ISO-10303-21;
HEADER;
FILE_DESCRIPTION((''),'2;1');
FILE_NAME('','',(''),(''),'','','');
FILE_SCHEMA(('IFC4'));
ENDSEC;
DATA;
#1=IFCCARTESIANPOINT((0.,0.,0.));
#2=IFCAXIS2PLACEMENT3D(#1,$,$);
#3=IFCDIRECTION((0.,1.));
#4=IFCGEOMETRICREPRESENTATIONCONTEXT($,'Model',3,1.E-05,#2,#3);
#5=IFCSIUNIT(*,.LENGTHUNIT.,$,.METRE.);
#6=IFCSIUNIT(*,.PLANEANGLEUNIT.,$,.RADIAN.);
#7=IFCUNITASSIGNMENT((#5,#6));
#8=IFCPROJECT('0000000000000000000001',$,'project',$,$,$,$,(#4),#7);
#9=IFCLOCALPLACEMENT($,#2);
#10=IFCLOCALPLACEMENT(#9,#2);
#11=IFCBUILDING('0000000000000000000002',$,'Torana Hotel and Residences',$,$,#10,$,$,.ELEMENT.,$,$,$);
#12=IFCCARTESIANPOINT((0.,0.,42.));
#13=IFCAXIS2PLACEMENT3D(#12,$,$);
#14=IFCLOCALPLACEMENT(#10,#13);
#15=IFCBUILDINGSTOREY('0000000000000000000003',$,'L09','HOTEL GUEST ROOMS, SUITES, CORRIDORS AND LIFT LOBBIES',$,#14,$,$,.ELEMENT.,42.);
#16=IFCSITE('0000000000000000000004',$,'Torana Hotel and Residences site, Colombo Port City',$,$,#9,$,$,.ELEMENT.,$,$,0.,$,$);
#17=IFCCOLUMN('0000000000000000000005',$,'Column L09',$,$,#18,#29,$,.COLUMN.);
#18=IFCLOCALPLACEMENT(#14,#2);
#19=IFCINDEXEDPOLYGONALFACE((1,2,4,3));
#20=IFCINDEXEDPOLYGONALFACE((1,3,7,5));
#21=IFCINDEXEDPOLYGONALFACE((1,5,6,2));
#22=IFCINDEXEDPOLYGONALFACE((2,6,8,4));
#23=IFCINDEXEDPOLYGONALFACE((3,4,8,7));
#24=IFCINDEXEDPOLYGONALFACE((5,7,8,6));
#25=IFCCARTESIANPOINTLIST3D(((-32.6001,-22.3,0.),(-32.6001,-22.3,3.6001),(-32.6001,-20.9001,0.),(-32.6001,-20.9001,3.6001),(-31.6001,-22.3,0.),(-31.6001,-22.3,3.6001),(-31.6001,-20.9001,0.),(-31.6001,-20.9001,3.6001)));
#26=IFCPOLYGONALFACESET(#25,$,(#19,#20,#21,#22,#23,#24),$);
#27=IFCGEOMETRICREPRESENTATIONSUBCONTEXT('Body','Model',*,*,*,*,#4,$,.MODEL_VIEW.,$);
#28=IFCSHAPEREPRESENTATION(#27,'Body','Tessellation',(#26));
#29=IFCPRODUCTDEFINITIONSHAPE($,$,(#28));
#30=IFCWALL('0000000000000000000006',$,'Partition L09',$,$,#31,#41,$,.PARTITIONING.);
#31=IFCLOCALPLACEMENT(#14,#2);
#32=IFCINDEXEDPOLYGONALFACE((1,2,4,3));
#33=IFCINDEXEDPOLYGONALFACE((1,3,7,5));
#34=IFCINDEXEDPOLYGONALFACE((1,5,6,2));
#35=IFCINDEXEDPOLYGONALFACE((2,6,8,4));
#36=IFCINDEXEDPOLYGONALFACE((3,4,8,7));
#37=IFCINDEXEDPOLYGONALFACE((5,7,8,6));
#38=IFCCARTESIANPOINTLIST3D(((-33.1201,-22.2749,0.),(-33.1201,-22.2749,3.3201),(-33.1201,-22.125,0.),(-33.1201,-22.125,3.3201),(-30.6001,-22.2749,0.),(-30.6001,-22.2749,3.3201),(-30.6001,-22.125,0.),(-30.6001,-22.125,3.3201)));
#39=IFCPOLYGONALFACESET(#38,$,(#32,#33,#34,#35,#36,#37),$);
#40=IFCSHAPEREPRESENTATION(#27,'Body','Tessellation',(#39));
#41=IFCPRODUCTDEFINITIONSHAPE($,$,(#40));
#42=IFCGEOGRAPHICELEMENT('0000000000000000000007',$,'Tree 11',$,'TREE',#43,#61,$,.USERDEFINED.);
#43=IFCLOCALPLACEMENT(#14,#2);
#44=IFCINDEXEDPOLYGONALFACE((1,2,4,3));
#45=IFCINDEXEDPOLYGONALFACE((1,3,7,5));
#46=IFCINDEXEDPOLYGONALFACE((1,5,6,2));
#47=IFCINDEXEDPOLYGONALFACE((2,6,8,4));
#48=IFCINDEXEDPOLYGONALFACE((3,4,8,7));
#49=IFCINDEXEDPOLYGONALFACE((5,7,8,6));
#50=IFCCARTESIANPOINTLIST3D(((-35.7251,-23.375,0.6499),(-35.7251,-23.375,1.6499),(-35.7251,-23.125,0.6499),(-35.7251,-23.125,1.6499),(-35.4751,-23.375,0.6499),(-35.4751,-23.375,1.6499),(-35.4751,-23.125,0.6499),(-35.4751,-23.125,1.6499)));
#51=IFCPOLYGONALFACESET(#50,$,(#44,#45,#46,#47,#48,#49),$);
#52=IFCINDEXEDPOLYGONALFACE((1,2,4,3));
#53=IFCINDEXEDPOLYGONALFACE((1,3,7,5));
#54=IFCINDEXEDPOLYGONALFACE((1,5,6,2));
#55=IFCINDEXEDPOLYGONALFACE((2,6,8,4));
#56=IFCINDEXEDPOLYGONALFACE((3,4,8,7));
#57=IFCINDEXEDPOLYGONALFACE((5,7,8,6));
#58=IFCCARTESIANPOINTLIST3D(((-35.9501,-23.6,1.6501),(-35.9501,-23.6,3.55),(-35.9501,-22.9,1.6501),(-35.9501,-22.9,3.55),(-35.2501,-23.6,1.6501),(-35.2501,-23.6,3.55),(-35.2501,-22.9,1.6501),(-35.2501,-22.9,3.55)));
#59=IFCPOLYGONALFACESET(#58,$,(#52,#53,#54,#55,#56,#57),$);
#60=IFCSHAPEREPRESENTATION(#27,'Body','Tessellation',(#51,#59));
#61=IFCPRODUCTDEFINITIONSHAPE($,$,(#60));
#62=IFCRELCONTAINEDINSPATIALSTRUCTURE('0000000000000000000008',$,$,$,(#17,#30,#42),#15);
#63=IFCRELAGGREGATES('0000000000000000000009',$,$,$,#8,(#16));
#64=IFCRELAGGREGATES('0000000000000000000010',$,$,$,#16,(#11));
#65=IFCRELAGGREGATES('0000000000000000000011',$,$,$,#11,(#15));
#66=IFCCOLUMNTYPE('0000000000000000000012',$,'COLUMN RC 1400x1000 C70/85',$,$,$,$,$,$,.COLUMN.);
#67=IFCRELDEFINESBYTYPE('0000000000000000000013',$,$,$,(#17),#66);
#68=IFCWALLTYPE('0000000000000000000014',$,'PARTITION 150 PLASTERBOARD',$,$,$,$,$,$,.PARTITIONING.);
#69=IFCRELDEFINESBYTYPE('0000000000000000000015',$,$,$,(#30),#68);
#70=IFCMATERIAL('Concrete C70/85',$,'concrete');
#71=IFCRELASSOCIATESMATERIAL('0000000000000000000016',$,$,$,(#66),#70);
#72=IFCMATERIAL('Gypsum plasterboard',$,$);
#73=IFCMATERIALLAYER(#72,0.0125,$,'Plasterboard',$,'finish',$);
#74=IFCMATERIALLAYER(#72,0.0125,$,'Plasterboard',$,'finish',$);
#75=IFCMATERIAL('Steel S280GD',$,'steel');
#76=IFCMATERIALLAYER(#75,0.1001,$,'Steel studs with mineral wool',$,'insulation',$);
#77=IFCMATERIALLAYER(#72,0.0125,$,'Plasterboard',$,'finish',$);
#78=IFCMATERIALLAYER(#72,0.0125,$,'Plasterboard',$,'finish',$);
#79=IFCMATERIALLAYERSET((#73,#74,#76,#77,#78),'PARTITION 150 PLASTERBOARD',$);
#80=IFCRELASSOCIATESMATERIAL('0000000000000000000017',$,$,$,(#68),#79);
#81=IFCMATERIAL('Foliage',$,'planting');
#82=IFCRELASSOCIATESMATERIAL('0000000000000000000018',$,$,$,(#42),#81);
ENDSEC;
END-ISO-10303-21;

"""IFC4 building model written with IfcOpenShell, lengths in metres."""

from ifc_helpers import new_model, si_unit, direction, frame, frame_2d, origin, origin_2d, place, context, subcontext, project, spatial, rectangle, extrude, material, layer, layer_set, material_profile, profile_set, type_object, element, save


model = new_model("IFC4")

# Units and contexts
model_context = context("Model", 3, precision=1e-05, world=origin(), true_north=direction((0.0, 1.0)))
body_context = subcontext(model_context, "Body", "Model", "MODEL_VIEW")
ifc_project = project(units=[si_unit("LENGTHUNIT", "METRE"), si_unit("PLANEANGLEUNIT", "RADIAN")], contexts=[model_context])

# Site, building, storey
site_placement = place(None, origin())
site = spatial("IfcSite", under=ifc_project, at=site_placement, Name="Torana Hotel and Residences site, Colombo Port City", CompositionType="ELEMENT", RefElevation=0.0)
building_placement = place(site_placement, origin())
building = spatial("IfcBuilding", under=site, at=building_placement, Name="Torana Hotel and Residences", CompositionType="ELEMENT")
storey_placement = place(building_placement, frame((0.0, 0.0, 42.0)))
storey = spatial("IfcBuildingStorey", under=building, at=storey_placement, Name="L09", Description="HOTEL GUEST ROOMS, SUITES, CORRIDORS AND LIFT LOBBIES", CompositionType="ELEMENT", Elevation=42.0)

# Column
ifc_material_1 = material(Name="Concrete C70/85", Category="concrete")
ifc_material_profile = material_profile(ifc_material_1, rectangle(XDim=1.3999, YDim=1.0, at=origin_2d()), Name="RC 1400x1000")
ifc_profile_set = profile_set([ifc_material_profile], Name="Concrete C70/85")
column_type = type_object("IfcColumnType", Name="COLUMN RC 1400x1000 C70/85", PredefinedType="COLUMN", material=ifc_profile_set)
column_placement = place(storey_placement, frame((-32.1001, -21.6001, 0.0), z_axis=(0.0, 0.0, 1.0), x_axis=(0.0, 1.0, 0.0)))
element("IfcColumn", 1, at=column_placement, inside=storey, type_object=column_type, Name="Column L09", PredefinedType="COLUMN", context=body_context, shape_type="SweptSolid", body=[
    extrude(rectangle(XDim=1.3999, YDim=1.0, at=origin_2d()), origin(), (0.0, 0.0, 1.0), 3.6001),
])

# Wall
ifc_material_2 = material(Name="Gypsum plasterboard")
ifc_layer_1 = layer(ifc_material_2, 0.0125, Name="Plasterboard", Category="finish")
ifc_layer_2 = layer(ifc_material_2, 0.0125, Name="Plasterboard", Category="finish")
ifc_material_3 = material(Name="Steel S280GD", Category="steel")
ifc_layer_3 = layer(ifc_material_3, 0.1001, Name="Steel studs with mineral wool", Category="insulation")
ifc_layer_4 = layer(ifc_material_2, 0.0125, Name="Plasterboard", Category="finish")
ifc_layer_5 = layer(ifc_material_2, 0.0125, Name="Plasterboard", Category="finish")
ifc_layer_set = layer_set([ifc_layer_1, ifc_layer_2, ifc_layer_3, ifc_layer_4, ifc_layer_5], Name="PARTITION 150 PLASTERBOARD")
wall_type = type_object("IfcWallType", Name="PARTITION 150 PLASTERBOARD", PredefinedType="PARTITIONING", material=ifc_layer_set)
wall_placement = place(storey_placement, frame((-33.1201, -22.2, 0.0), z_axis=(0.0, 0.0, 1.0), x_axis=(1.0, 0.0, 0.0)))
element("IfcWall", 2, at=wall_placement, inside=storey, type_object=wall_type, Name="Partition L09", PredefinedType="PARTITIONING", context=body_context, shape_type="SweptSolid", body=[
    extrude(rectangle(XDim=2.52, YDim=0.1499, at=frame_2d((1.26, 0.0))), origin(), (0.0, 0.0, 1.0), 3.3201),
])

# Geographic element
ifc_material_4 = material(Name="Foliage", Category="planting")
geographic_element_placement = place(storey_placement, frame((-35.6001, -23.25, 0.6499), z_axis=(0.0, 0.0, 1.0), x_axis=(1.0, 0.0, 0.0)))
element("IfcGeographicElement", 3, at=geographic_element_placement, inside=storey, material=ifc_material_4, Name="Tree 11", ObjectType="TREE", PredefinedType="USERDEFINED", context=body_context, shape_type="SweptSolid", body=[
    extrude(rectangle(XDim=0.25, YDim=0.25, at=origin_2d()), origin(), (0.0, 0.0, 1.0), 1.0),
    extrude(rectangle(XDim=0.7, YDim=0.7, at=origin_2d()), frame((0.0, 0.0, 1.0002)), (0.0, 0.0, 1.0), 1.8999),
])

save(model, "model.ifc")
